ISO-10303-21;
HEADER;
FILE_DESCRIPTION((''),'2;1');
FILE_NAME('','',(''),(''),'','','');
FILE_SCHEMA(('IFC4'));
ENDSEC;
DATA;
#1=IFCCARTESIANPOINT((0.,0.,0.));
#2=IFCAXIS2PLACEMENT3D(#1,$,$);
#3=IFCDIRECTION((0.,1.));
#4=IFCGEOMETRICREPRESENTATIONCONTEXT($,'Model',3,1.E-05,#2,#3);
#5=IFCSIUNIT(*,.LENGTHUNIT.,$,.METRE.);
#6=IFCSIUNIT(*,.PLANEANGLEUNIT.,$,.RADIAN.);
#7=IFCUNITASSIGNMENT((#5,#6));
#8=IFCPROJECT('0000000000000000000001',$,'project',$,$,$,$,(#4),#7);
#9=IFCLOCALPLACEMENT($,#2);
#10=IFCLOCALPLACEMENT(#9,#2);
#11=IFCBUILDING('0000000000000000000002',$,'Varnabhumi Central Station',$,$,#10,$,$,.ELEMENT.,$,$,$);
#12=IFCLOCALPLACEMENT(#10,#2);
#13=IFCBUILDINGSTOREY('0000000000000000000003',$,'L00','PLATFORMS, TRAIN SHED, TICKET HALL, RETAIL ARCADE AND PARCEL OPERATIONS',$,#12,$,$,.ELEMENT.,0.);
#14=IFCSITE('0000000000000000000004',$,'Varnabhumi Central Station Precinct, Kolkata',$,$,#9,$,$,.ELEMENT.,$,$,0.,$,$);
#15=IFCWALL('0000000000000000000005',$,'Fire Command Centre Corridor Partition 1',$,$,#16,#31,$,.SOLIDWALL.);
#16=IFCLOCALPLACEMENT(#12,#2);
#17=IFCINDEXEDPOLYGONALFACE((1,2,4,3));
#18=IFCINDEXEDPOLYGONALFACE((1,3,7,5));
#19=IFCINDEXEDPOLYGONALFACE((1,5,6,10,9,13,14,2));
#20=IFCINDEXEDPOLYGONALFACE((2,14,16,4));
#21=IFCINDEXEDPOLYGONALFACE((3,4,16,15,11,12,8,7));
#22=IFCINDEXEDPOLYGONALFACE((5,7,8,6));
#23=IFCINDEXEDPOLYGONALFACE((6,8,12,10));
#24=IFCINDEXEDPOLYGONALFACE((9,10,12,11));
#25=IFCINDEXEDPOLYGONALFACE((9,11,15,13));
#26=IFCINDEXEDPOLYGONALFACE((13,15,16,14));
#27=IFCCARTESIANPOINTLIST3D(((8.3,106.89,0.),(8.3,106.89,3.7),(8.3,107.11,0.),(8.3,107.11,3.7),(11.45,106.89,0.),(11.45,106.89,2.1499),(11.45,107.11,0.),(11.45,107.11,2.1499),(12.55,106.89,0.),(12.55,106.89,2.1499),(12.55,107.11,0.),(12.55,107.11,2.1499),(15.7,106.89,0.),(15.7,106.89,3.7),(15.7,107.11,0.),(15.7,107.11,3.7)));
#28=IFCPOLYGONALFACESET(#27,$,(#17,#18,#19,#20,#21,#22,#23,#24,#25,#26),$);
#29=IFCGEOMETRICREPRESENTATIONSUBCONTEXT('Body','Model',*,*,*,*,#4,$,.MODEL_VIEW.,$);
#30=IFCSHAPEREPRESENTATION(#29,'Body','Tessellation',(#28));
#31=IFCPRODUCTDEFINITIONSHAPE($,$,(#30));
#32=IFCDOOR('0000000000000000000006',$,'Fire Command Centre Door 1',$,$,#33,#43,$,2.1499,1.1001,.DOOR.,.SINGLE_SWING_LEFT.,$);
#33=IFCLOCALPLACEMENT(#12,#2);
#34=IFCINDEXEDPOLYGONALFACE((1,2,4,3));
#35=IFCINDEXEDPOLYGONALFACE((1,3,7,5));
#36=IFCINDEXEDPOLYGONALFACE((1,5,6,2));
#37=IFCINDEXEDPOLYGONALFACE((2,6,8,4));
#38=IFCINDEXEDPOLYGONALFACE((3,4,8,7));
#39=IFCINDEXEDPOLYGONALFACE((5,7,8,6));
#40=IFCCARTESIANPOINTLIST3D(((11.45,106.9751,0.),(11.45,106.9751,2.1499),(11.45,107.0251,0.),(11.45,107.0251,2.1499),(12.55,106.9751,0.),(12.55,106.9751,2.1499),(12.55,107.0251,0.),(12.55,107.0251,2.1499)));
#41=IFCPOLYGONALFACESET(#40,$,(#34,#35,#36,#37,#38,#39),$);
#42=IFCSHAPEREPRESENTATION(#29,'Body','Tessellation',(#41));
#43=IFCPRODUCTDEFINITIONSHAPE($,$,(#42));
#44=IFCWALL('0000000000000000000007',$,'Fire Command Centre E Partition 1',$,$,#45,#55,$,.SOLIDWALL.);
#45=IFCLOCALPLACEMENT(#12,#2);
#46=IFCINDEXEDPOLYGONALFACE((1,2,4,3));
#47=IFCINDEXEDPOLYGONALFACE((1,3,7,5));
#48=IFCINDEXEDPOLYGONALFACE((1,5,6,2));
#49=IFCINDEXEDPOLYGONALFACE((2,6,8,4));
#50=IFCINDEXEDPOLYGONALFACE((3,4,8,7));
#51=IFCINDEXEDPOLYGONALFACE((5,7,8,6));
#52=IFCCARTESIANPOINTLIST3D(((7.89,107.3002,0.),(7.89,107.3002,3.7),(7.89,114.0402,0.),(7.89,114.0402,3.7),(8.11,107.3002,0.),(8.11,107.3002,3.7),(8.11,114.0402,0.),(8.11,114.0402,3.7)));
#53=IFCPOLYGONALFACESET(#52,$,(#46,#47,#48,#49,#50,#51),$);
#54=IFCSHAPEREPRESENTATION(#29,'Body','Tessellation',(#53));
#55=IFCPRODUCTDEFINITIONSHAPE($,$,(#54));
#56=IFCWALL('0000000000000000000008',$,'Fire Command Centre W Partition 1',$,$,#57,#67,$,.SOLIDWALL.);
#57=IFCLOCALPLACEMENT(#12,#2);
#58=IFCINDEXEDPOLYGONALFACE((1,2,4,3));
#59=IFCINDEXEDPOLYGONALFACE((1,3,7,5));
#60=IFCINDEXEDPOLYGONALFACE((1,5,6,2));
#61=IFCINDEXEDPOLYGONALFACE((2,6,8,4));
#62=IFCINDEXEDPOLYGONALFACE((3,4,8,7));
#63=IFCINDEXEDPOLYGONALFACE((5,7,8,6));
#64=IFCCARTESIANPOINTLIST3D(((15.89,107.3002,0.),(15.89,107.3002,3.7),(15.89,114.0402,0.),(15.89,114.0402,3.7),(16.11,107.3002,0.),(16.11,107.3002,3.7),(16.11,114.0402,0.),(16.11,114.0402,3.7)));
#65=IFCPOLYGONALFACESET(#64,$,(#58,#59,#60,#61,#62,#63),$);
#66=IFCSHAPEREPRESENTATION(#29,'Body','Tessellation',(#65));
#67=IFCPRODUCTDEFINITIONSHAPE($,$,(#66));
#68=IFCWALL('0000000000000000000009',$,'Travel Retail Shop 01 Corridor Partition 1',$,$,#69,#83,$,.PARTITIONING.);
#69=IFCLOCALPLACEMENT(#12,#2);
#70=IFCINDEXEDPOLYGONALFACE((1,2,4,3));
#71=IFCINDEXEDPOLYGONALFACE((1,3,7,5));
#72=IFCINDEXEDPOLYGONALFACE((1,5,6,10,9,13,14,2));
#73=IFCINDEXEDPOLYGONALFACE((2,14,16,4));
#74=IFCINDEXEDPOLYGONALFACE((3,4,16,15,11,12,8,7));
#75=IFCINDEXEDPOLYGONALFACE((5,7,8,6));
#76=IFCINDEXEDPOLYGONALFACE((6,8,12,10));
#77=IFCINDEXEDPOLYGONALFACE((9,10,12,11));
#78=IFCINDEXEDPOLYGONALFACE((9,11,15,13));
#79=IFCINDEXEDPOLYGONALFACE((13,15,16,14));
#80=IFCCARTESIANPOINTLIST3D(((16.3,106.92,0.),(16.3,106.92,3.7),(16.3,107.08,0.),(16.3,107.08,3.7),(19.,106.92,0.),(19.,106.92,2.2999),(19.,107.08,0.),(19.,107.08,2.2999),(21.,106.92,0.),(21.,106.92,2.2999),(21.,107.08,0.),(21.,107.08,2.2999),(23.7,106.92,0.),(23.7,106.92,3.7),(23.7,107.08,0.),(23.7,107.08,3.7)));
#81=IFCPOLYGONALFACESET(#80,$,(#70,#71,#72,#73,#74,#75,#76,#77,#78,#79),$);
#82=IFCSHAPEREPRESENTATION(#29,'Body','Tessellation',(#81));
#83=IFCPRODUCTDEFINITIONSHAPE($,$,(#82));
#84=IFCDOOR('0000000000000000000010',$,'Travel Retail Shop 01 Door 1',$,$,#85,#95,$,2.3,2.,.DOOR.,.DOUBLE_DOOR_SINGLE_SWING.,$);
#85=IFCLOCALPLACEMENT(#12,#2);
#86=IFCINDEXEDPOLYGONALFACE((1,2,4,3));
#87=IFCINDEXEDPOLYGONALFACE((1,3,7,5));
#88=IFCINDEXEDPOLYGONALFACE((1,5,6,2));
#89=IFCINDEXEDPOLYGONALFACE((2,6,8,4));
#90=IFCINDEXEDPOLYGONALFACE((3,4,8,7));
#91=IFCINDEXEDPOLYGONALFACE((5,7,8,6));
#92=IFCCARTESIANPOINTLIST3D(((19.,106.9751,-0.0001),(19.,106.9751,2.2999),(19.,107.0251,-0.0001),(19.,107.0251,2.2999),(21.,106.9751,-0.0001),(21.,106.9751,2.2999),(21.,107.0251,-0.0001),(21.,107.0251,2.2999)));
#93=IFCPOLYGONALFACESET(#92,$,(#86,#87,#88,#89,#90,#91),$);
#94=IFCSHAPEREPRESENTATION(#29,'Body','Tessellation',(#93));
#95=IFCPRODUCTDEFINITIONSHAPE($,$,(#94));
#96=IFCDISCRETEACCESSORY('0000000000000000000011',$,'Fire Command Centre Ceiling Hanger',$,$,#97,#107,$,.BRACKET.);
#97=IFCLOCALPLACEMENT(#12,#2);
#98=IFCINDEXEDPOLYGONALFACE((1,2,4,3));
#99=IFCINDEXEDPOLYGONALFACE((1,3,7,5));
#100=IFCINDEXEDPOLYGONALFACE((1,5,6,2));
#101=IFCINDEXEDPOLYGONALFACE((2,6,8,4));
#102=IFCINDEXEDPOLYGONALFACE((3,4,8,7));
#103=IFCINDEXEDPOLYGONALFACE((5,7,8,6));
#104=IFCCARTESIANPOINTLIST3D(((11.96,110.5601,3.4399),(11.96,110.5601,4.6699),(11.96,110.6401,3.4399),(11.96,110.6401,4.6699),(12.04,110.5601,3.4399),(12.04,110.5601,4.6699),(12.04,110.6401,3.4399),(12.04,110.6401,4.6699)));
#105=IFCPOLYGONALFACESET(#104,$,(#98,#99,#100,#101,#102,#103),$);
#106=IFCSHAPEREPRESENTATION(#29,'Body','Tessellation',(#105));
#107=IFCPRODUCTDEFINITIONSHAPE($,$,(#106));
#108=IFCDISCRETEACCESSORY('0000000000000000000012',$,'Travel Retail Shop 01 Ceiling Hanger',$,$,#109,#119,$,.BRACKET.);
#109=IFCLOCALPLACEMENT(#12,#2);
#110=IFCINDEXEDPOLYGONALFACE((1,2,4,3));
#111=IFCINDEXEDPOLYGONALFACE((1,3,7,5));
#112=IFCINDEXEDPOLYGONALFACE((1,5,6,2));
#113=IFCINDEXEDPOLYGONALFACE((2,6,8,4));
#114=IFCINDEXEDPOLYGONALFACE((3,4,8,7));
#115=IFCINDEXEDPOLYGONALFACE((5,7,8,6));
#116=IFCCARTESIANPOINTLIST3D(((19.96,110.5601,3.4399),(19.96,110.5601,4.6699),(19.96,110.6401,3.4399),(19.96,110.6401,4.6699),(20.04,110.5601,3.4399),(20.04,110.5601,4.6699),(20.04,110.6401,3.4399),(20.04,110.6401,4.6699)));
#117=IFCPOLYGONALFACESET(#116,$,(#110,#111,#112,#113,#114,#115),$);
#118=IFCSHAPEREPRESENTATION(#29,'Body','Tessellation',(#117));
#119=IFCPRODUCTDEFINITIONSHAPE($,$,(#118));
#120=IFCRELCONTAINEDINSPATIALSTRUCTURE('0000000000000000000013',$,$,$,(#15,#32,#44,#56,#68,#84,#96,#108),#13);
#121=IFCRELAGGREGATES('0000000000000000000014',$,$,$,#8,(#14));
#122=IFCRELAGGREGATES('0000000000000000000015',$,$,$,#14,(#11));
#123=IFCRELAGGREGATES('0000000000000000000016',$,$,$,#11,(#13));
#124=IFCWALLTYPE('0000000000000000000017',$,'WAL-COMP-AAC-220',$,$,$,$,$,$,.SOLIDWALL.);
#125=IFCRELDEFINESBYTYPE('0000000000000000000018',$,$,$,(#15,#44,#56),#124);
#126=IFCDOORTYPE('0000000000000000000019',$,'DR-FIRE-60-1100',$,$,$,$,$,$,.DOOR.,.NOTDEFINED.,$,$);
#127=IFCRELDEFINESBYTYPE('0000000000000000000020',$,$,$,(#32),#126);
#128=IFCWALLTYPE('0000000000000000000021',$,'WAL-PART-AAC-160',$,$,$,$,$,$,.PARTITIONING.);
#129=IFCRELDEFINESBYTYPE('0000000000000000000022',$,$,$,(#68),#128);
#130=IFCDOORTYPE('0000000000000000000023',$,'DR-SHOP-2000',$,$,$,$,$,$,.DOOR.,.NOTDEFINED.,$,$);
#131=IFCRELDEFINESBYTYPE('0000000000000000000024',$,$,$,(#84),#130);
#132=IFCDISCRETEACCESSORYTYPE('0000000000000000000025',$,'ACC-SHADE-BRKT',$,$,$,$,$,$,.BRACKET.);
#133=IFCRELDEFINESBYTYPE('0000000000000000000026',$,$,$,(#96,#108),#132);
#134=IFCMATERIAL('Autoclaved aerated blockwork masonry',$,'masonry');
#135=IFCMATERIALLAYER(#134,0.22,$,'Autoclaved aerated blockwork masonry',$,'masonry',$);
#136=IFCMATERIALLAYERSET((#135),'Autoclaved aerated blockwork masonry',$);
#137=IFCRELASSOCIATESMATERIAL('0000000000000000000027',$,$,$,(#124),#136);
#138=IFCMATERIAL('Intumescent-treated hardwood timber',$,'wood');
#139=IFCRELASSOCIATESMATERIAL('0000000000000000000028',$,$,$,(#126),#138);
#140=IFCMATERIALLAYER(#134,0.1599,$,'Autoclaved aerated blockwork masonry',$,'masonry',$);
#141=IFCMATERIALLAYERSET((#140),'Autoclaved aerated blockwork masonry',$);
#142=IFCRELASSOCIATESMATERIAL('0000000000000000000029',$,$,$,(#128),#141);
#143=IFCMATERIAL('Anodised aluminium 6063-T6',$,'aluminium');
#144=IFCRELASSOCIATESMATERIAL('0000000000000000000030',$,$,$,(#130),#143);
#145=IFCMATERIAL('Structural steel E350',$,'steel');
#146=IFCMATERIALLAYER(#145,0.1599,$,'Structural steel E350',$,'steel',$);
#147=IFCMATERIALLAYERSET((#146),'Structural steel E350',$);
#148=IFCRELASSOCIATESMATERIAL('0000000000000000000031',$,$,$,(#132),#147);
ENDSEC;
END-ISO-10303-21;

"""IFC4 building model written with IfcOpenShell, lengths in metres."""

from ifc_helpers import new_model, si_unit, direction, frame, frame_2d, origin, origin_2d, place, context, subcontext, project, spatial, rectangle, extrude, material, layer, layer_set, type_object, element, fill, save


model = new_model("IFC4")

# Units and contexts
model_context = context("Model", 3, precision=1e-05, world=origin(), true_north=direction((0.0, 1.0)))
body_context = subcontext(model_context, "Body", "Model", "MODEL_VIEW")
ifc_project = project(units=[si_unit("LENGTHUNIT", "METRE"), si_unit("PLANEANGLEUNIT", "RADIAN")], contexts=[model_context])

# Site, building, storey
site_placement = place(None, origin())
site = spatial("IfcSite", under=ifc_project, at=site_placement, Name="Varnabhumi Central Station Precinct, Kolkata", CompositionType="ELEMENT", RefElevation=0.0)
building_placement = place(site_placement, origin())
building = spatial("IfcBuilding", under=site, at=building_placement, Name="Varnabhumi Central Station", CompositionType="ELEMENT")
storey_placement = place(building_placement, origin())
storey = spatial("IfcBuildingStorey", under=building, at=storey_placement, Name="L00", Description="PLATFORMS, TRAIN SHED, TICKET HALL, RETAIL ARCADE AND PARCEL OPERATIONS", CompositionType="ELEMENT", Elevation=0.0)

# Shared definitions
ifc_material_1 = material(Name="Structural steel E350", Category="steel")

# Wall, opening, door
ifc_material_2 = material(Name="Autoclaved aerated blockwork masonry", Category="masonry")
ifc_layer_1 = layer(ifc_material_2, 0.22, Name="Autoclaved aerated blockwork masonry", Category="masonry")
ifc_layer_set_1 = layer_set([ifc_layer_1], Name="Autoclaved aerated blockwork masonry")
wall_type_1 = type_object("IfcWallType", Name="WAL-COMP-AAC-220", PredefinedType="SOLIDWALL", material=ifc_layer_set_1)
wall_1_placement = place(storey_placement, frame((8.3, 107.0, 0.0), z_axis=(0.0, 0.0, 1.0), x_axis=(1.0, 0.0, 0.0)))
wall_1 = element("IfcWall", 1, at=wall_1_placement, inside=storey, type_object=wall_type_1, Name="Fire Command Centre Corridor Partition 1", PredefinedType="SOLIDWALL", context=body_context, shape_type="SweptSolid", body=[
    extrude(rectangle(XDim=7.3999, YDim=0.22, at=frame_2d((3.7, 0.0))), origin(), (0.0, 0.0, 1.0), 3.7),
])
opening_1_placement = place(wall_1_placement, frame((3.1499, 0.0, 0.0)))
opening_1 = element("IfcOpeningElement", 2, at=opening_1_placement, cuts=wall_1, PredefinedType="OPENING", context=body_context, shape_type="SweptSolid", body=[
    extrude(rectangle(XDim=1.1001, YDim=2.1499, at=frame_2d((0.55, 1.075))), frame((0.0, 0.1199, 0.0), z_axis=(0.0, -1.0, 0.0), x_axis=(1.0, 0.0, 0.0)), (0.0, 0.0, 1.0), 0.24),
])
ifc_material_3 = material(Name="Intumescent-treated hardwood timber", Category="wood")
door_type_1 = type_object("IfcDoorType", Name="DR-FIRE-60-1100", OperationType="NOTDEFINED", PredefinedType="DOOR", material=ifc_material_3)
door_1_placement = place(opening_1_placement, frame((1.1001, 0.0, 0.0), z_axis=(0.0, 0.0, 1.0), x_axis=(-1.0, 0.0, 0.0)))
door_1 = element("IfcDoor", 3, at=door_1_placement, inside=storey, type_object=door_type_1, Name="Fire Command Centre Door 1", OperationType="SINGLE_SWING_LEFT", OverallHeight=2.1499, OverallWidth=1.1001, PredefinedType="DOOR", context=body_context, shape_type="SweptSolid", body=[
    extrude(rectangle(XDim=1.1001, YDim=2.1499, at=frame_2d((0.55, 1.075))), frame((0.0, 0.0249, 0.0), z_axis=(0.0, -1.0, 0.0), x_axis=(1.0, 0.0, 0.0)), (0.0, 0.0, 1.0), 0.05),
])
fill(opening_1, door_1)

# Walls
for number, where, z_axis, x_axis, name in (
    (4, (8.0, 107.3, 0.0), (0.0, 0.0, 1.0), (0.0, 1.0, 0.0), "Fire Command Centre E Partition 1"),
    (5, (16.0, 107.3, 0.0), (0.0, 0.0, 1.0), (0.0, 1.0, 0.0), "Fire Command Centre W Partition 1"),
):
    element("IfcWall", number, at=place(storey_placement, frame(where, z_axis=z_axis, x_axis=x_axis)), inside=storey, type_object=wall_type_1, Name=name, PredefinedType="SOLIDWALL", context=body_context, shape_type="SweptSolid", body=[
        extrude(rectangle(XDim=6.74, YDim=0.22, at=frame_2d((3.3701, 0.0))), origin(), (0.0, 0.0, 1.0), 3.7),
    ])

# Wall, opening, door
ifc_layer_2 = layer(ifc_material_2, 0.1599, Name="Autoclaved aerated blockwork masonry", Category="masonry")
ifc_layer_set_2 = layer_set([ifc_layer_2], Name="Autoclaved aerated blockwork masonry")
wall_type_2 = type_object("IfcWallType", Name="WAL-PART-AAC-160", PredefinedType="PARTITIONING", material=ifc_layer_set_2)
wall_2_placement = place(storey_placement, frame((16.3, 107.0, 0.0), z_axis=(0.0, 0.0, 1.0), x_axis=(1.0, 0.0, 0.0)))
wall_2 = element("IfcWall", 6, at=wall_2_placement, inside=storey, type_object=wall_type_2, Name="Travel Retail Shop 01 Corridor Partition 1", PredefinedType="PARTITIONING", context=body_context, shape_type="SweptSolid", body=[
    extrude(rectangle(XDim=7.3999, YDim=0.1599, at=frame_2d((3.7, 0.0))), origin(), (0.0, 0.0, 1.0), 3.7),
])
opening_2_placement = place(wall_2_placement, frame((2.7, 0.0, 0.0)))
opening_2 = element("IfcOpeningElement", 7, at=opening_2_placement, cuts=wall_2, PredefinedType="OPENING", context=body_context, shape_type="SweptSolid", body=[
    extrude(rectangle(XDim=2.0, YDim=2.3, at=frame_2d((1.0, 1.1499))), frame((0.0, 0.0898, 0.0), z_axis=(0.0, -1.0, 0.0), x_axis=(1.0, 0.0, 0.0)), (0.0, 0.0, 1.0), 0.1799),
])
ifc_material_4 = material(Name="Anodised aluminium 6063-T6", Category="aluminium")
door_type_2 = type_object("IfcDoorType", Name="DR-SHOP-2000", OperationType="NOTDEFINED", PredefinedType="DOOR", material=ifc_material_4)
door_2_placement = place(opening_2_placement, frame((2.0, 0.0, 0.0), z_axis=(0.0, 0.0, 1.0), x_axis=(-1.0, 0.0, 0.0)))
door_2 = element("IfcDoor", 8, at=door_2_placement, inside=storey, type_object=door_type_2, Name="Travel Retail Shop 01 Door 1", OperationType="DOUBLE_DOOR_SINGLE_SWING", OverallHeight=2.3, OverallWidth=2.0, PredefinedType="DOOR", context=body_context, shape_type="SweptSolid", body=[
    extrude(rectangle(XDim=2.0, YDim=2.3, at=frame_2d((1.0, 1.1499))), frame((0.0, 0.0249, 0.0), z_axis=(0.0, -1.0, 0.0), x_axis=(1.0, 0.0, 0.0)), (0.0, 0.0, 1.0), 0.05),
])
fill(opening_2, door_2)

# Discrete accessories
ifc_layer_3 = layer(ifc_material_1, 0.1599, Name="Structural steel E350", Category="steel")
ifc_layer_set_3 = layer_set([ifc_layer_3], Name="Structural steel E350")
discrete_accessory_type = type_object("IfcDiscreteAccessoryType", Name="ACC-SHADE-BRKT", PredefinedType="BRACKET", material=ifc_layer_set_3)
for number, where, z_axis, x_axis, name in (
    (9, (12.0, 110.6001, 3.4399), (0.0, 0.0, 1.0), (1.0, 0.0, 0.0), "Fire Command Centre Ceiling Hanger"),
    (10, (20.0, 110.6001, 3.4399), (0.0, 0.0, 1.0), (1.0, 0.0, 0.0), "Travel Retail Shop 01 Ceiling Hanger"),
):
    element("IfcDiscreteAccessory", number, at=place(storey_placement, frame(where, z_axis=z_axis, x_axis=x_axis)), inside=storey, type_object=discrete_accessory_type, Name=name, PredefinedType="BRACKET", context=body_context, shape_type="SweptSolid", body=[
        extrude(rectangle(XDim=0.0801, YDim=0.0801, at=origin_2d()), origin(), (0.0, 0.0, 1.0), 1.23),
    ])

save(model, "model.ifc")
